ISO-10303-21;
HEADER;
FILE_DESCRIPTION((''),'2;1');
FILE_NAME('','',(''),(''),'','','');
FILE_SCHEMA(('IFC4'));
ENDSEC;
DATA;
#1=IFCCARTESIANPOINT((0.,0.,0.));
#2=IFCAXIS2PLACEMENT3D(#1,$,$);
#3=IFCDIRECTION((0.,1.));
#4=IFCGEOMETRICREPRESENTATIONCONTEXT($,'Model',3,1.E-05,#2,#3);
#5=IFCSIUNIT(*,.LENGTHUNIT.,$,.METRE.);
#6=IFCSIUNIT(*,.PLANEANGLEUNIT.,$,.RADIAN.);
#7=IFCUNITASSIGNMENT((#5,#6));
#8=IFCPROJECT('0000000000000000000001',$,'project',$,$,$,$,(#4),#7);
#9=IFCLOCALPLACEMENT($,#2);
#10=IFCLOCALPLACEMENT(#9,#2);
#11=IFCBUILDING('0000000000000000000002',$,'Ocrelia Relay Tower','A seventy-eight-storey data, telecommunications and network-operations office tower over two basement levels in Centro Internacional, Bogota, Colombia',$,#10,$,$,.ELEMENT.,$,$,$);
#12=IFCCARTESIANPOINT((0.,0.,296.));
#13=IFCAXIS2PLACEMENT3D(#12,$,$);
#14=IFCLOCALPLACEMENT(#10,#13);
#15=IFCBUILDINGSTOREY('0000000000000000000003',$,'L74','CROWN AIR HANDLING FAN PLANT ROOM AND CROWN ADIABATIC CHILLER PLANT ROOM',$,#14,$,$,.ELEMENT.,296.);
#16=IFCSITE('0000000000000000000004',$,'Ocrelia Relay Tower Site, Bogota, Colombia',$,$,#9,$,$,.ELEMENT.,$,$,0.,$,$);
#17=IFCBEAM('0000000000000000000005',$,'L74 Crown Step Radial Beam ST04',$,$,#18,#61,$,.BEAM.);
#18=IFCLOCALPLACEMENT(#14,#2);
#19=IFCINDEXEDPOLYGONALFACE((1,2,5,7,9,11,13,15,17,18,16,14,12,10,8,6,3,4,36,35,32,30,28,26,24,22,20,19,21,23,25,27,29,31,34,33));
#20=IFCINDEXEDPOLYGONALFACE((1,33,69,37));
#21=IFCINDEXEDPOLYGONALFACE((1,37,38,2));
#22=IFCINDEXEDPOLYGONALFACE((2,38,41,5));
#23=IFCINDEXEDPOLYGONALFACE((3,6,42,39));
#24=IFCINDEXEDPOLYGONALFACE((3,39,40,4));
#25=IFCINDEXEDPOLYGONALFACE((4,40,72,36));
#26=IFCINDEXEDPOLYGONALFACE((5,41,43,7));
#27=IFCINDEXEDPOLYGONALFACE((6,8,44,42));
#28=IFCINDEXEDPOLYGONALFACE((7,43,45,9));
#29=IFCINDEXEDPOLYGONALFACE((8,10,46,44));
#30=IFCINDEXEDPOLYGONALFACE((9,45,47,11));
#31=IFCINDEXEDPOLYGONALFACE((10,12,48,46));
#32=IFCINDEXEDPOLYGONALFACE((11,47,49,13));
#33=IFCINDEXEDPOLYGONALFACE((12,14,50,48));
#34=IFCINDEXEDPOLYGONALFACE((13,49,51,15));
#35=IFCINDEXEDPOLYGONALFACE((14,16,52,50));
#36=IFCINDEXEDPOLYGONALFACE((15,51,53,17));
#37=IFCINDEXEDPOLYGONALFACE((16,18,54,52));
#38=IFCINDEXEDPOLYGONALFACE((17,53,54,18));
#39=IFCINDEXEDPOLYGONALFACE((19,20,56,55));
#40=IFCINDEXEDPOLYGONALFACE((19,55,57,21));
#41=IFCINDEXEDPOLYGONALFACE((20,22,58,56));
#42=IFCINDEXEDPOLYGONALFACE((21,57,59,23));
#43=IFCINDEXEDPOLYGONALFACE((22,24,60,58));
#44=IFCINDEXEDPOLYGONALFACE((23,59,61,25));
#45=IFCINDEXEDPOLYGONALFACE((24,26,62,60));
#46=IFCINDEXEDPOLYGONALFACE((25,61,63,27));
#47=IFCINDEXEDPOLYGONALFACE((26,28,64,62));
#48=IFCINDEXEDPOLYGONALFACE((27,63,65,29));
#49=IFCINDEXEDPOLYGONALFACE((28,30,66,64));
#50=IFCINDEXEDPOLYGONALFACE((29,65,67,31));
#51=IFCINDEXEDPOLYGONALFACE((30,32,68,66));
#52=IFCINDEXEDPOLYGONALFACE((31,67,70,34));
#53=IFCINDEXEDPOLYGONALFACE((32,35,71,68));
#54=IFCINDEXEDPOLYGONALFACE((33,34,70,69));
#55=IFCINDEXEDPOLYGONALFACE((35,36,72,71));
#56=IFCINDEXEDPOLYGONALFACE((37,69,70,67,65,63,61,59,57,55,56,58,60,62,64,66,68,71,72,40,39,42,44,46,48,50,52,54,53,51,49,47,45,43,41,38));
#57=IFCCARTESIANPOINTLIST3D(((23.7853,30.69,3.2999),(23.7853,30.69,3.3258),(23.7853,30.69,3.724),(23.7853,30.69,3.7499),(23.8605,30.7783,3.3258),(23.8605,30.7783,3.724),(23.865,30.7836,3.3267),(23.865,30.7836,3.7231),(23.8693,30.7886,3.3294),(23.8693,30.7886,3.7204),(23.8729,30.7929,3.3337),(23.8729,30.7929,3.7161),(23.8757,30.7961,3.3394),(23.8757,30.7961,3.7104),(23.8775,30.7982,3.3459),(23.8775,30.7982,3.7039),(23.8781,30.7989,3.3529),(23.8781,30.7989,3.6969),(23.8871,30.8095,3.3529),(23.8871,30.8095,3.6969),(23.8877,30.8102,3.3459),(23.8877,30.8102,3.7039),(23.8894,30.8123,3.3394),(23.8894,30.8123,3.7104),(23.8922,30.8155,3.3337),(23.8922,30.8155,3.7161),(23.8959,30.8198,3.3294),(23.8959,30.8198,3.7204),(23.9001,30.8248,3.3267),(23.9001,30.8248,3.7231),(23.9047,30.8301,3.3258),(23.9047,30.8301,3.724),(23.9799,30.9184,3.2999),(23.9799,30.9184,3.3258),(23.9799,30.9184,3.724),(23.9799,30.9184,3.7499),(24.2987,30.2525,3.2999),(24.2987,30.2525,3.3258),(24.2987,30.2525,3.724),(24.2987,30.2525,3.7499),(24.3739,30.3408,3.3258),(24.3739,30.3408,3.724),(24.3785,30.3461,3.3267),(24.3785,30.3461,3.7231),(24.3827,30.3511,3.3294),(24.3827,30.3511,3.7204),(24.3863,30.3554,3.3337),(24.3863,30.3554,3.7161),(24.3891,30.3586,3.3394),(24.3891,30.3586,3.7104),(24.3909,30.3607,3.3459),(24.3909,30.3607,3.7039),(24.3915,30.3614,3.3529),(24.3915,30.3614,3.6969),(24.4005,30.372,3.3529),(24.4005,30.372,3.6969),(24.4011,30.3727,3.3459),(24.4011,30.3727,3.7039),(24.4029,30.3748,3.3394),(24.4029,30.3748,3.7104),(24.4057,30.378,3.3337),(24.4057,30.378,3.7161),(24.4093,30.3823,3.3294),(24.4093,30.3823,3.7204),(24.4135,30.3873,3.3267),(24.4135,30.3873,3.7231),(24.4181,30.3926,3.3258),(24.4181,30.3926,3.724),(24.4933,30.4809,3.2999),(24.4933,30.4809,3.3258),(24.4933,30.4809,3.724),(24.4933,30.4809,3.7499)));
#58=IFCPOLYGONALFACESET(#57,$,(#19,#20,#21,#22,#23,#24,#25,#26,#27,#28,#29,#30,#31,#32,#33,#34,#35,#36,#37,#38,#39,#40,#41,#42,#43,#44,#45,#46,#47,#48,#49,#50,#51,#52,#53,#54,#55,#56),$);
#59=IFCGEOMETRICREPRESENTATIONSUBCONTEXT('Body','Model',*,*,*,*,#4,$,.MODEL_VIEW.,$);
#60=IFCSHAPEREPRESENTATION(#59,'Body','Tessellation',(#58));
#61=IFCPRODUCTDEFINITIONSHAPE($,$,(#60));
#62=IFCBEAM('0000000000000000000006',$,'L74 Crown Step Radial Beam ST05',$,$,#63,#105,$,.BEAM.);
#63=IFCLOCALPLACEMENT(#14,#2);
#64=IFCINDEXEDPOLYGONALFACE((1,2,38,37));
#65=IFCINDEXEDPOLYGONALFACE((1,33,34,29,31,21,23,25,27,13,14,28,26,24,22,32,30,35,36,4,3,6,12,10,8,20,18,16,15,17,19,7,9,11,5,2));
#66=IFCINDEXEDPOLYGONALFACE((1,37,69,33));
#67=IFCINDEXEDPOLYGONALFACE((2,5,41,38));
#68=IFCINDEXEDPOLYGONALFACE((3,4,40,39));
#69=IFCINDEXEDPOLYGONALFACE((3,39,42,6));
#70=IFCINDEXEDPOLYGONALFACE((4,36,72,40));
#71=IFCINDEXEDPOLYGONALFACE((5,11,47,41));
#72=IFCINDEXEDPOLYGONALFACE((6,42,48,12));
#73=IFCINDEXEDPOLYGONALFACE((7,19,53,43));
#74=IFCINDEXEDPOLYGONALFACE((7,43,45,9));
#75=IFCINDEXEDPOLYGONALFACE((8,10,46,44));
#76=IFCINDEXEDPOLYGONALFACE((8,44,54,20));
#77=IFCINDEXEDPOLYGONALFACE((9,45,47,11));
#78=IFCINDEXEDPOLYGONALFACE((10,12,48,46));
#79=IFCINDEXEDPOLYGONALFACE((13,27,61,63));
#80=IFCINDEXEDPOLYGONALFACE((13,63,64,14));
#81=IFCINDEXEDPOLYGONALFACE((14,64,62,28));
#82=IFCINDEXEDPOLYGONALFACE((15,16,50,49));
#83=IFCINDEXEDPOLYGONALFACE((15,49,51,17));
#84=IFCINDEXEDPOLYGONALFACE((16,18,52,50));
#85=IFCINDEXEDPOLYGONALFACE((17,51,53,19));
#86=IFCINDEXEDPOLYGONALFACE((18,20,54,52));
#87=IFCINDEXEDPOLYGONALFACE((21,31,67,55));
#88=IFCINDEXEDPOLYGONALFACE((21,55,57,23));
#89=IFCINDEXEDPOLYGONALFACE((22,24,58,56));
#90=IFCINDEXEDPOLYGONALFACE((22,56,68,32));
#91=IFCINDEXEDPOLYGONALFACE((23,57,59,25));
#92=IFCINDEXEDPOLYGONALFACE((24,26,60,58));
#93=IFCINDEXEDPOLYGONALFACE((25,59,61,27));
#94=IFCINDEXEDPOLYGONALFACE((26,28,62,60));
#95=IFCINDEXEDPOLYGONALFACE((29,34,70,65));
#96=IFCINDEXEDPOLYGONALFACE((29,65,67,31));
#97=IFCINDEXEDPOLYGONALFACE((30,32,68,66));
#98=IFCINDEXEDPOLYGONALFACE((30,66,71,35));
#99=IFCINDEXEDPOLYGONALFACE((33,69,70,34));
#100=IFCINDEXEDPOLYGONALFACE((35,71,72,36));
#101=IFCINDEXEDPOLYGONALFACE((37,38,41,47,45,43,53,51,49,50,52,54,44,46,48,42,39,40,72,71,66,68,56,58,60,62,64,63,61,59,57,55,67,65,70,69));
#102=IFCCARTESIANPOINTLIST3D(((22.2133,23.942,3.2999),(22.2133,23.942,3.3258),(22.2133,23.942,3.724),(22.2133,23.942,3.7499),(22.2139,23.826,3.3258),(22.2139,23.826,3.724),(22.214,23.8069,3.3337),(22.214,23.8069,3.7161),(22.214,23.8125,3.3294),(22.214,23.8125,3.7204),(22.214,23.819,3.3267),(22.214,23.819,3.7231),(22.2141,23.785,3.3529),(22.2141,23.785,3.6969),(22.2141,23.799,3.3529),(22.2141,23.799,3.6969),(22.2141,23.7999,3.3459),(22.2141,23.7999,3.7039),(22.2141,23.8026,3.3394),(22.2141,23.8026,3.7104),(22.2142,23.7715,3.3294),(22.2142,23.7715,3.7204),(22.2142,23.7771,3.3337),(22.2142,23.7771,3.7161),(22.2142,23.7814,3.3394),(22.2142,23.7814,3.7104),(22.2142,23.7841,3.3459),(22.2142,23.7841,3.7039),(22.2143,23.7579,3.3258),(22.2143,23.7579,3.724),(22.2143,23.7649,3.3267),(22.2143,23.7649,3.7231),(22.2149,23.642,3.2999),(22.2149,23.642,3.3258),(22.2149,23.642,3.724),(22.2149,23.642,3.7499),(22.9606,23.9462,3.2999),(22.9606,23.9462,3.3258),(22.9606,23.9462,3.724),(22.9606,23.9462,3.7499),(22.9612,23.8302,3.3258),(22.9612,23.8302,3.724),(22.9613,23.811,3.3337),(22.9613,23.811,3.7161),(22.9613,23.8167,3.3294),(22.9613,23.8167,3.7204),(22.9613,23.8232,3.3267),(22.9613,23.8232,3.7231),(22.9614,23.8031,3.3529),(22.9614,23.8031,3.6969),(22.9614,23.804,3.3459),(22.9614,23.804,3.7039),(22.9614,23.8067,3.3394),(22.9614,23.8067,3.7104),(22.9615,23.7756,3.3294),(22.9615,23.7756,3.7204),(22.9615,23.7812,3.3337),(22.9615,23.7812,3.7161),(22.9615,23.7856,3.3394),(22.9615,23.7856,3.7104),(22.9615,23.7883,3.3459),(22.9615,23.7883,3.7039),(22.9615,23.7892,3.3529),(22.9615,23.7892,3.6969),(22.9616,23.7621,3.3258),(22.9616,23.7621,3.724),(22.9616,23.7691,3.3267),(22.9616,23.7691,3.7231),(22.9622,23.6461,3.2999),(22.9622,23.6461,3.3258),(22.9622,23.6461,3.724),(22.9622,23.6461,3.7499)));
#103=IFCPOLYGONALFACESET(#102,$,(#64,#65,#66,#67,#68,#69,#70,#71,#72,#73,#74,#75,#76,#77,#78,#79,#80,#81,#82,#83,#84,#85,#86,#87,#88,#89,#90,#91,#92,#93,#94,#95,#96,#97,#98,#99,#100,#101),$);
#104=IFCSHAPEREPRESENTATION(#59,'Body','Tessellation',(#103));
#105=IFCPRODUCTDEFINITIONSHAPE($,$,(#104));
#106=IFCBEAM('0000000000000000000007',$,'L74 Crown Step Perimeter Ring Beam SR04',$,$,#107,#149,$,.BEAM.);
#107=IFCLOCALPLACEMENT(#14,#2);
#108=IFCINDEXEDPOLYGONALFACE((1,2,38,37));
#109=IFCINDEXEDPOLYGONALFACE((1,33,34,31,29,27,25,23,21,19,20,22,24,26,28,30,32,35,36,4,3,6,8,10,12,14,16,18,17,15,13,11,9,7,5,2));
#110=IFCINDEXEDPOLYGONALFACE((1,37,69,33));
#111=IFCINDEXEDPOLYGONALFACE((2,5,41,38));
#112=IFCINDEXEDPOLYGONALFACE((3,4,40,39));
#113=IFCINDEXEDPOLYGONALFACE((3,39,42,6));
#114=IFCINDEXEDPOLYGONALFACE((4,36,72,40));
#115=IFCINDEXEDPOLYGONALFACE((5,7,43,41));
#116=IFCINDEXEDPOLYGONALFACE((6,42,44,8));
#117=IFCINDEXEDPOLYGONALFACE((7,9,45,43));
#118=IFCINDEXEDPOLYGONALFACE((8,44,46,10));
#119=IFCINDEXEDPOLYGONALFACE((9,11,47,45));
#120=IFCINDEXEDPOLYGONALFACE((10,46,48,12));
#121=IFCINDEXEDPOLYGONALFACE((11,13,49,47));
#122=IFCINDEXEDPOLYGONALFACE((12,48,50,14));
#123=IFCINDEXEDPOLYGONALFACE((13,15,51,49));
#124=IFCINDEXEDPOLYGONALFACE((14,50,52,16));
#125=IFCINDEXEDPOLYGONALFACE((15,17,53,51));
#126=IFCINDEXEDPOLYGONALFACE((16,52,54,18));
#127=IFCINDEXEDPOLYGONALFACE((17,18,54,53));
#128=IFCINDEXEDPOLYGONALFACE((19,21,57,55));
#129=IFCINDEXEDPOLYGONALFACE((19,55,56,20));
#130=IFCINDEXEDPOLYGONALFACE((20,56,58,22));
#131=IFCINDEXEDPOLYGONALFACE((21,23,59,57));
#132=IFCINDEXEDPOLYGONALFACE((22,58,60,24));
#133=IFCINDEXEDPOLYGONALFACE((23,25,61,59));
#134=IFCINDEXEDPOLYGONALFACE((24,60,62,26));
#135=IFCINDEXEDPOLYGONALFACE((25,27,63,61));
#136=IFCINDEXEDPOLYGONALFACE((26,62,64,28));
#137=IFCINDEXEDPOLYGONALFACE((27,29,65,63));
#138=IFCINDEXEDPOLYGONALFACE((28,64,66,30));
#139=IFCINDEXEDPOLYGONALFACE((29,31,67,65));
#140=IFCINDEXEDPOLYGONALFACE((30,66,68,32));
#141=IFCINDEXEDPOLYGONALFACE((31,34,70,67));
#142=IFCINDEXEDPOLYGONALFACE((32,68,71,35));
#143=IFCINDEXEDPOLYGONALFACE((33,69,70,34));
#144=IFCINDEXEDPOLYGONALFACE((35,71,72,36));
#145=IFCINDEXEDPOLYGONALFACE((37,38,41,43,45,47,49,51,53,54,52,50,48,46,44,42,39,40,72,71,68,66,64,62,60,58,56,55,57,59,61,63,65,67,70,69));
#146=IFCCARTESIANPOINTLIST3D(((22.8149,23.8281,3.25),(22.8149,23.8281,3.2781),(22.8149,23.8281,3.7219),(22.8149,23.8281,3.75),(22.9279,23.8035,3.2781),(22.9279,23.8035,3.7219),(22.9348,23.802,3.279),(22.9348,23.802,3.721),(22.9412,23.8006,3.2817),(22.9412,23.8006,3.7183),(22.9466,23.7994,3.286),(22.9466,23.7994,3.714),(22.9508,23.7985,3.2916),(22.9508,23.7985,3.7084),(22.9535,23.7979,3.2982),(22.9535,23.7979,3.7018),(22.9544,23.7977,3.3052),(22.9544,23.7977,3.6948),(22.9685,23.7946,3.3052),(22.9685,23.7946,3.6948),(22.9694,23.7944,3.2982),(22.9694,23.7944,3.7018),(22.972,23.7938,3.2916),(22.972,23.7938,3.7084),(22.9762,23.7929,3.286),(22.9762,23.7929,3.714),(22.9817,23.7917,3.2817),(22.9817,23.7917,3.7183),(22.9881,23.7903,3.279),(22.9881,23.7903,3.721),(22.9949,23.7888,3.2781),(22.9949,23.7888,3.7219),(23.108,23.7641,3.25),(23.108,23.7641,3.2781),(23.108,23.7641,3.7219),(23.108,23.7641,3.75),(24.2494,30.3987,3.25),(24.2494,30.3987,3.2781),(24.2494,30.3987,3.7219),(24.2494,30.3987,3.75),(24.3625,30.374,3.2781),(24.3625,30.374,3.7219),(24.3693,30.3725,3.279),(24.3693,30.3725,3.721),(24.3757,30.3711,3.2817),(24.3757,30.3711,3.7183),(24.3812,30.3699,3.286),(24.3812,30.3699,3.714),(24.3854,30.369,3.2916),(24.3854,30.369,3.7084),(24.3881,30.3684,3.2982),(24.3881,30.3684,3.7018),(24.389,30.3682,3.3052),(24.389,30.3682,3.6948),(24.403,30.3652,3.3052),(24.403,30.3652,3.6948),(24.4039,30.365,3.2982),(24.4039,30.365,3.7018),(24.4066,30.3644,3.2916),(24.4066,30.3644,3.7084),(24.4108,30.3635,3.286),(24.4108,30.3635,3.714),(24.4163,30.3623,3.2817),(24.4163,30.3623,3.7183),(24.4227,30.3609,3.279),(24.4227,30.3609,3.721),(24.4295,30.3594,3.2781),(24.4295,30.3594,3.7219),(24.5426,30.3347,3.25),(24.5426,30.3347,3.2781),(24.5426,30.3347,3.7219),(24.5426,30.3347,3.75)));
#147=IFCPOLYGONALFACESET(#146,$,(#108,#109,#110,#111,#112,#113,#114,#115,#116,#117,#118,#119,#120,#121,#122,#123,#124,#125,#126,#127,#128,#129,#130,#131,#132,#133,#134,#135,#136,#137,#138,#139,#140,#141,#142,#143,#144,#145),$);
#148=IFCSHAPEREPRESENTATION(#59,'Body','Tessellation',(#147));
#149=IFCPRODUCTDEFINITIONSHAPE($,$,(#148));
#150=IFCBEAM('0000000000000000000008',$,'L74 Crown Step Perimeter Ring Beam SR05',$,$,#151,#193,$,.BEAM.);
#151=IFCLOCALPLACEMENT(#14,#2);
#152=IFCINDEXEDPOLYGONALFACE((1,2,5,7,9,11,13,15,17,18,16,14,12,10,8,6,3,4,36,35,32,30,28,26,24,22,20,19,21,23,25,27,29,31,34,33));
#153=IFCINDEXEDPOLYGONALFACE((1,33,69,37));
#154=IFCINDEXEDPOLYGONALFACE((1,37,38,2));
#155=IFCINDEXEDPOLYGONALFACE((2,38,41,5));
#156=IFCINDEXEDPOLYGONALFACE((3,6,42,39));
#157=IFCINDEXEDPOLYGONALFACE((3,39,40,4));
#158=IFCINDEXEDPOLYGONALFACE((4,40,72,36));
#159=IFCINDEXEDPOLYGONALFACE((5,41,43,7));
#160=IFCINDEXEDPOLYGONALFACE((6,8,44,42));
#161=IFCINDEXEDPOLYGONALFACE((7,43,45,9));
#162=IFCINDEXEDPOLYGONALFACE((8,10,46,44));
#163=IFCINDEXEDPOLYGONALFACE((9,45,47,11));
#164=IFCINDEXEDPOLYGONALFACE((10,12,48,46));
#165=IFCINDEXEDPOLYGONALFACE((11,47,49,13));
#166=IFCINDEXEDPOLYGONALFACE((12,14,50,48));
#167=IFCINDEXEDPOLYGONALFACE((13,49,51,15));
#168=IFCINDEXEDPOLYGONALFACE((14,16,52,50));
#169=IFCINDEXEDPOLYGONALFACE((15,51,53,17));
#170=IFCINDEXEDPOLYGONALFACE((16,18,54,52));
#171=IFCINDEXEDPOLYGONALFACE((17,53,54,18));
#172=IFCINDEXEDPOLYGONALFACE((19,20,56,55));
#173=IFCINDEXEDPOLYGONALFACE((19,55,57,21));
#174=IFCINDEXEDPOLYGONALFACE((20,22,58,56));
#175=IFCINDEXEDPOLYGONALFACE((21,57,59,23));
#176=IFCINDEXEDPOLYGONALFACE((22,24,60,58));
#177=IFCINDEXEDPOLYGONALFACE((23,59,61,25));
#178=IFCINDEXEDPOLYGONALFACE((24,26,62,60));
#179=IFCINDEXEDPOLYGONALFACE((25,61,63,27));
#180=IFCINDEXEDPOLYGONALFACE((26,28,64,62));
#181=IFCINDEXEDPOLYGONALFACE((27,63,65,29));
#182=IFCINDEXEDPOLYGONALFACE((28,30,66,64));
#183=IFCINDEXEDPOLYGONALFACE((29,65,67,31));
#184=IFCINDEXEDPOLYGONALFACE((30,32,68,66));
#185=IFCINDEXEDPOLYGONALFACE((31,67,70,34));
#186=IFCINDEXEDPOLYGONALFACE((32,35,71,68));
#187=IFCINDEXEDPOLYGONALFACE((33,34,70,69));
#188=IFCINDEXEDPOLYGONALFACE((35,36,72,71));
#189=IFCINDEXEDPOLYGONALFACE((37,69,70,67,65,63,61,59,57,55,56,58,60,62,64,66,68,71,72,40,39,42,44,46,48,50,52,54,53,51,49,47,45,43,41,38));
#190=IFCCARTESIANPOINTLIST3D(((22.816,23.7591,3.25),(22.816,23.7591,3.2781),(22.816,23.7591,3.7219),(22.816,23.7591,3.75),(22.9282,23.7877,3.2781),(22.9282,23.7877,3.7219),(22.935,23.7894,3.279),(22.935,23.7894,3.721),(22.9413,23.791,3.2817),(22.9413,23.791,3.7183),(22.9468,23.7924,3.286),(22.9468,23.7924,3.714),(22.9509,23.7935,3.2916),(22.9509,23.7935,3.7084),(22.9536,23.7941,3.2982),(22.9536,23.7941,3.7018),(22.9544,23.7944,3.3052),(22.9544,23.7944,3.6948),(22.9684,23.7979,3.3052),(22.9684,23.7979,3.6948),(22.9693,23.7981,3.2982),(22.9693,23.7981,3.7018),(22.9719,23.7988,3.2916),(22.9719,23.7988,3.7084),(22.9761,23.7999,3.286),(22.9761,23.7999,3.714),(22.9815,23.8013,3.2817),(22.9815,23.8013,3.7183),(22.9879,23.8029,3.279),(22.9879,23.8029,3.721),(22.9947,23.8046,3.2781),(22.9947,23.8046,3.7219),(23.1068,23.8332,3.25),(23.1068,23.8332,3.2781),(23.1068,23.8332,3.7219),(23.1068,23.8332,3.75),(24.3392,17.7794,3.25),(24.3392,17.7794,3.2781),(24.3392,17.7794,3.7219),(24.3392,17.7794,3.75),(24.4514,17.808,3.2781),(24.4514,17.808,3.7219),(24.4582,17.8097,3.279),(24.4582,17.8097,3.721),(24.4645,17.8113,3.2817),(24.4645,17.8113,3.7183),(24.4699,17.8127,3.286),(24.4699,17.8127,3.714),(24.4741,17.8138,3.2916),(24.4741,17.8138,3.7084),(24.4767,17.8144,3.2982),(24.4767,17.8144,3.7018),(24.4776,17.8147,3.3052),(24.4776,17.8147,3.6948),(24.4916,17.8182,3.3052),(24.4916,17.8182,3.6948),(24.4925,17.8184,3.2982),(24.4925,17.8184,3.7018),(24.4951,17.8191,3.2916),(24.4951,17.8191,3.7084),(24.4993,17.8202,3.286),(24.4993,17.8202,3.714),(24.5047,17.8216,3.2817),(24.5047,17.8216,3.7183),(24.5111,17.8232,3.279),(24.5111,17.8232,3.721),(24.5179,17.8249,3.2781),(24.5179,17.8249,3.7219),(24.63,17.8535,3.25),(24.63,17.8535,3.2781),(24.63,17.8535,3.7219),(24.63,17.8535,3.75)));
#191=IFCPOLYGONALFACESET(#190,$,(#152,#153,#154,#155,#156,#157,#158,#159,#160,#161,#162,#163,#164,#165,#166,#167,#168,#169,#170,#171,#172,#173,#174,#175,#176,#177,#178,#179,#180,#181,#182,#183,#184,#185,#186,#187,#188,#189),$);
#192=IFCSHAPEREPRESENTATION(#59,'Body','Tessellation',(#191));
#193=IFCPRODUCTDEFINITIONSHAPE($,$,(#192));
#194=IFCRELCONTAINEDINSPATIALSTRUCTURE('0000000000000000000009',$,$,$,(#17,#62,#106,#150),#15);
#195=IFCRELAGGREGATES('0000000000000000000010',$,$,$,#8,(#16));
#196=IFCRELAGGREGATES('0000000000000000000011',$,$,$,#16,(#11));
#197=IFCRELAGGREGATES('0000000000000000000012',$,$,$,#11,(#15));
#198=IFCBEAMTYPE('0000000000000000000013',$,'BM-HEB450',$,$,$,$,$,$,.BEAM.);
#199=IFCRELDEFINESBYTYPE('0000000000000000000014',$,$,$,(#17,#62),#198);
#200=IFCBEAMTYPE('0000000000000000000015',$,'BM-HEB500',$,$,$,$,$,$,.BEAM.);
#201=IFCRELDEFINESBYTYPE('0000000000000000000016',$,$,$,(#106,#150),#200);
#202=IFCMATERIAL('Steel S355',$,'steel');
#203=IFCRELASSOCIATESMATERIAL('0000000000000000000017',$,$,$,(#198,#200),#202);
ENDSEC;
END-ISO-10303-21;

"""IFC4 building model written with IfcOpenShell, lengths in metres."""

from ifc_helpers import new_model, si_unit, direction, frame, origin, origin_2d, place, context, subcontext, project, spatial, i_section, extrude, material, material_profile, profile_set, type_object, element, save


model = new_model("IFC4")

# Units and contexts
model_context = context("Model", 3, precision=1e-05, world=origin(), true_north=direction((0.0, 1.0)))
body_context = subcontext(model_context, "Body", "Model", "MODEL_VIEW")
ifc_project = project(units=[si_unit("LENGTHUNIT", "METRE"), si_unit("PLANEANGLEUNIT", "RADIAN")], contexts=[model_context])

# Site, building, storey
site_placement = place(None, origin())
site = spatial("IfcSite", under=ifc_project, at=site_placement, Name="Ocrelia Relay Tower Site, Bogota, Colombia", CompositionType="ELEMENT", RefElevation=0.0)
building_placement = place(site_placement, origin())
building = spatial("IfcBuilding", under=site, at=building_placement, Name="Ocrelia Relay Tower", Description="A seventy-eight-storey data, telecommunications and network-operations office tower over two basement levels in Centro Internacional, Bogota, Colombia", CompositionType="ELEMENT")
storey_placement = place(building_placement, frame((0.0, 0.0, 296.0)))
storey = spatial("IfcBuildingStorey", under=building, at=storey_placement, Name="L74", Description="CROWN AIR HANDLING FAN PLANT ROOM AND CROWN ADIABATIC CHILLER PLANT ROOM", CompositionType="ELEMENT", Elevation=296.0)

# Beams
ifc_material_1 = material(Name="Steel S355", Category="steel")
ifc_material_profile_1 = material_profile(ifc_material_1, i_section(OverallWidth=0.3, OverallDepth=0.45, WebThickness=0.0139, FlangeThickness=0.0259, FilletRadius=0.0271, at=origin_2d()), Name="HEB 450")
ifc_profile_set_1 = profile_set([ifc_material_profile_1], Name="Steel S355")
beam_type_1 = type_object("IfcBeamType", Name="BM-HEB450", PredefinedType="BEAM", material=ifc_profile_set_1)
beam_1_placement = place(storey_placement, frame((23.8826, 30.8042, 3.5249), z_axis=(0.761144, -0.648583, 0.0), x_axis=(0.648583, 0.761144, 0.0)))
element("IfcBeam", 1, at=beam_1_placement, inside=storey, type_object=beam_type_1, Name="L74 Crown Step Radial Beam ST04", PredefinedType="BEAM", context=body_context, shape_type="SweptSolid", body=[
    extrude(i_section(OverallWidth=0.3, OverallDepth=0.45, WebThickness=0.0139, FlangeThickness=0.0259, FilletRadius=0.0271, at=origin_2d()), origin(), (0.0, 0.0, 1.0), 0.6746),
])
beam_2_placement = place(storey_placement, frame((22.2141, 23.792, 3.5249), z_axis=(0.999985, 0.005554, 0.0), x_axis=(-0.005554, 0.999985, 0.0)))
element("IfcBeam", 2, at=beam_2_placement, inside=storey, type_object=beam_type_1, Name="L74 Crown Step Radial Beam ST05", PredefinedType="BEAM", context=body_context, shape_type="SweptSolid", body=[
    extrude(i_section(OverallWidth=0.3, OverallDepth=0.45, WebThickness=0.0139, FlangeThickness=0.0259, FilletRadius=0.0271, at=origin_2d()), origin(), (0.0, 0.0, 1.0), 0.7473),
])
ifc_material_profile_2 = material_profile(ifc_material_1, i_section(OverallWidth=0.3, OverallDepth=0.5, WebThickness=0.0144, FlangeThickness=0.0281, FilletRadius=0.0271, at=origin_2d()), Name="HEB 500")
ifc_profile_set_2 = profile_set([ifc_material_profile_2], Name="Steel S355")
beam_type_2 = type_object("IfcBeamType", Name="BM-HEB500", PredefinedType="BEAM", material=ifc_profile_set_2)
beam_3_placement = place(storey_placement, frame((24.396, 30.3667, 3.5), z_axis=(-0.213308, -0.976985, 0.0), x_axis=(0.976985, -0.213308, 0.0)))
element("IfcBeam", 3, at=beam_3_placement, inside=storey, type_object=beam_type_2, Name="L74 Crown Step Perimeter Ring Beam SR04", PredefinedType="BEAM", context=body_context, shape_type="SweptSolid", body=[
    extrude(i_section(OverallWidth=0.3, OverallDepth=0.5, WebThickness=0.0144, FlangeThickness=0.0281, FilletRadius=0.0271, at=origin_2d()), origin(), (0.0, 0.0, 1.0), 6.7253),
])
beam_4_placement = place(storey_placement, frame((22.9614, 23.7961, 3.5), z_axis=(0.246843, -0.969055, 0.0), x_axis=(0.969055, 0.246843, 0.0)))
element("IfcBeam", 4, at=beam_4_placement, inside=storey, type_object=beam_type_2, Name="L74 Crown Step Perimeter Ring Beam SR05", PredefinedType="BEAM", context=body_context, shape_type="SweptSolid", body=[
    extrude(i_section(OverallWidth=0.3, OverallDepth=0.5, WebThickness=0.0144, FlangeThickness=0.0281, FilletRadius=0.0271, at=origin_2d()), origin(), (0.0, 0.0, 1.0), 6.1707),
])

save(model, "model.ifc")
